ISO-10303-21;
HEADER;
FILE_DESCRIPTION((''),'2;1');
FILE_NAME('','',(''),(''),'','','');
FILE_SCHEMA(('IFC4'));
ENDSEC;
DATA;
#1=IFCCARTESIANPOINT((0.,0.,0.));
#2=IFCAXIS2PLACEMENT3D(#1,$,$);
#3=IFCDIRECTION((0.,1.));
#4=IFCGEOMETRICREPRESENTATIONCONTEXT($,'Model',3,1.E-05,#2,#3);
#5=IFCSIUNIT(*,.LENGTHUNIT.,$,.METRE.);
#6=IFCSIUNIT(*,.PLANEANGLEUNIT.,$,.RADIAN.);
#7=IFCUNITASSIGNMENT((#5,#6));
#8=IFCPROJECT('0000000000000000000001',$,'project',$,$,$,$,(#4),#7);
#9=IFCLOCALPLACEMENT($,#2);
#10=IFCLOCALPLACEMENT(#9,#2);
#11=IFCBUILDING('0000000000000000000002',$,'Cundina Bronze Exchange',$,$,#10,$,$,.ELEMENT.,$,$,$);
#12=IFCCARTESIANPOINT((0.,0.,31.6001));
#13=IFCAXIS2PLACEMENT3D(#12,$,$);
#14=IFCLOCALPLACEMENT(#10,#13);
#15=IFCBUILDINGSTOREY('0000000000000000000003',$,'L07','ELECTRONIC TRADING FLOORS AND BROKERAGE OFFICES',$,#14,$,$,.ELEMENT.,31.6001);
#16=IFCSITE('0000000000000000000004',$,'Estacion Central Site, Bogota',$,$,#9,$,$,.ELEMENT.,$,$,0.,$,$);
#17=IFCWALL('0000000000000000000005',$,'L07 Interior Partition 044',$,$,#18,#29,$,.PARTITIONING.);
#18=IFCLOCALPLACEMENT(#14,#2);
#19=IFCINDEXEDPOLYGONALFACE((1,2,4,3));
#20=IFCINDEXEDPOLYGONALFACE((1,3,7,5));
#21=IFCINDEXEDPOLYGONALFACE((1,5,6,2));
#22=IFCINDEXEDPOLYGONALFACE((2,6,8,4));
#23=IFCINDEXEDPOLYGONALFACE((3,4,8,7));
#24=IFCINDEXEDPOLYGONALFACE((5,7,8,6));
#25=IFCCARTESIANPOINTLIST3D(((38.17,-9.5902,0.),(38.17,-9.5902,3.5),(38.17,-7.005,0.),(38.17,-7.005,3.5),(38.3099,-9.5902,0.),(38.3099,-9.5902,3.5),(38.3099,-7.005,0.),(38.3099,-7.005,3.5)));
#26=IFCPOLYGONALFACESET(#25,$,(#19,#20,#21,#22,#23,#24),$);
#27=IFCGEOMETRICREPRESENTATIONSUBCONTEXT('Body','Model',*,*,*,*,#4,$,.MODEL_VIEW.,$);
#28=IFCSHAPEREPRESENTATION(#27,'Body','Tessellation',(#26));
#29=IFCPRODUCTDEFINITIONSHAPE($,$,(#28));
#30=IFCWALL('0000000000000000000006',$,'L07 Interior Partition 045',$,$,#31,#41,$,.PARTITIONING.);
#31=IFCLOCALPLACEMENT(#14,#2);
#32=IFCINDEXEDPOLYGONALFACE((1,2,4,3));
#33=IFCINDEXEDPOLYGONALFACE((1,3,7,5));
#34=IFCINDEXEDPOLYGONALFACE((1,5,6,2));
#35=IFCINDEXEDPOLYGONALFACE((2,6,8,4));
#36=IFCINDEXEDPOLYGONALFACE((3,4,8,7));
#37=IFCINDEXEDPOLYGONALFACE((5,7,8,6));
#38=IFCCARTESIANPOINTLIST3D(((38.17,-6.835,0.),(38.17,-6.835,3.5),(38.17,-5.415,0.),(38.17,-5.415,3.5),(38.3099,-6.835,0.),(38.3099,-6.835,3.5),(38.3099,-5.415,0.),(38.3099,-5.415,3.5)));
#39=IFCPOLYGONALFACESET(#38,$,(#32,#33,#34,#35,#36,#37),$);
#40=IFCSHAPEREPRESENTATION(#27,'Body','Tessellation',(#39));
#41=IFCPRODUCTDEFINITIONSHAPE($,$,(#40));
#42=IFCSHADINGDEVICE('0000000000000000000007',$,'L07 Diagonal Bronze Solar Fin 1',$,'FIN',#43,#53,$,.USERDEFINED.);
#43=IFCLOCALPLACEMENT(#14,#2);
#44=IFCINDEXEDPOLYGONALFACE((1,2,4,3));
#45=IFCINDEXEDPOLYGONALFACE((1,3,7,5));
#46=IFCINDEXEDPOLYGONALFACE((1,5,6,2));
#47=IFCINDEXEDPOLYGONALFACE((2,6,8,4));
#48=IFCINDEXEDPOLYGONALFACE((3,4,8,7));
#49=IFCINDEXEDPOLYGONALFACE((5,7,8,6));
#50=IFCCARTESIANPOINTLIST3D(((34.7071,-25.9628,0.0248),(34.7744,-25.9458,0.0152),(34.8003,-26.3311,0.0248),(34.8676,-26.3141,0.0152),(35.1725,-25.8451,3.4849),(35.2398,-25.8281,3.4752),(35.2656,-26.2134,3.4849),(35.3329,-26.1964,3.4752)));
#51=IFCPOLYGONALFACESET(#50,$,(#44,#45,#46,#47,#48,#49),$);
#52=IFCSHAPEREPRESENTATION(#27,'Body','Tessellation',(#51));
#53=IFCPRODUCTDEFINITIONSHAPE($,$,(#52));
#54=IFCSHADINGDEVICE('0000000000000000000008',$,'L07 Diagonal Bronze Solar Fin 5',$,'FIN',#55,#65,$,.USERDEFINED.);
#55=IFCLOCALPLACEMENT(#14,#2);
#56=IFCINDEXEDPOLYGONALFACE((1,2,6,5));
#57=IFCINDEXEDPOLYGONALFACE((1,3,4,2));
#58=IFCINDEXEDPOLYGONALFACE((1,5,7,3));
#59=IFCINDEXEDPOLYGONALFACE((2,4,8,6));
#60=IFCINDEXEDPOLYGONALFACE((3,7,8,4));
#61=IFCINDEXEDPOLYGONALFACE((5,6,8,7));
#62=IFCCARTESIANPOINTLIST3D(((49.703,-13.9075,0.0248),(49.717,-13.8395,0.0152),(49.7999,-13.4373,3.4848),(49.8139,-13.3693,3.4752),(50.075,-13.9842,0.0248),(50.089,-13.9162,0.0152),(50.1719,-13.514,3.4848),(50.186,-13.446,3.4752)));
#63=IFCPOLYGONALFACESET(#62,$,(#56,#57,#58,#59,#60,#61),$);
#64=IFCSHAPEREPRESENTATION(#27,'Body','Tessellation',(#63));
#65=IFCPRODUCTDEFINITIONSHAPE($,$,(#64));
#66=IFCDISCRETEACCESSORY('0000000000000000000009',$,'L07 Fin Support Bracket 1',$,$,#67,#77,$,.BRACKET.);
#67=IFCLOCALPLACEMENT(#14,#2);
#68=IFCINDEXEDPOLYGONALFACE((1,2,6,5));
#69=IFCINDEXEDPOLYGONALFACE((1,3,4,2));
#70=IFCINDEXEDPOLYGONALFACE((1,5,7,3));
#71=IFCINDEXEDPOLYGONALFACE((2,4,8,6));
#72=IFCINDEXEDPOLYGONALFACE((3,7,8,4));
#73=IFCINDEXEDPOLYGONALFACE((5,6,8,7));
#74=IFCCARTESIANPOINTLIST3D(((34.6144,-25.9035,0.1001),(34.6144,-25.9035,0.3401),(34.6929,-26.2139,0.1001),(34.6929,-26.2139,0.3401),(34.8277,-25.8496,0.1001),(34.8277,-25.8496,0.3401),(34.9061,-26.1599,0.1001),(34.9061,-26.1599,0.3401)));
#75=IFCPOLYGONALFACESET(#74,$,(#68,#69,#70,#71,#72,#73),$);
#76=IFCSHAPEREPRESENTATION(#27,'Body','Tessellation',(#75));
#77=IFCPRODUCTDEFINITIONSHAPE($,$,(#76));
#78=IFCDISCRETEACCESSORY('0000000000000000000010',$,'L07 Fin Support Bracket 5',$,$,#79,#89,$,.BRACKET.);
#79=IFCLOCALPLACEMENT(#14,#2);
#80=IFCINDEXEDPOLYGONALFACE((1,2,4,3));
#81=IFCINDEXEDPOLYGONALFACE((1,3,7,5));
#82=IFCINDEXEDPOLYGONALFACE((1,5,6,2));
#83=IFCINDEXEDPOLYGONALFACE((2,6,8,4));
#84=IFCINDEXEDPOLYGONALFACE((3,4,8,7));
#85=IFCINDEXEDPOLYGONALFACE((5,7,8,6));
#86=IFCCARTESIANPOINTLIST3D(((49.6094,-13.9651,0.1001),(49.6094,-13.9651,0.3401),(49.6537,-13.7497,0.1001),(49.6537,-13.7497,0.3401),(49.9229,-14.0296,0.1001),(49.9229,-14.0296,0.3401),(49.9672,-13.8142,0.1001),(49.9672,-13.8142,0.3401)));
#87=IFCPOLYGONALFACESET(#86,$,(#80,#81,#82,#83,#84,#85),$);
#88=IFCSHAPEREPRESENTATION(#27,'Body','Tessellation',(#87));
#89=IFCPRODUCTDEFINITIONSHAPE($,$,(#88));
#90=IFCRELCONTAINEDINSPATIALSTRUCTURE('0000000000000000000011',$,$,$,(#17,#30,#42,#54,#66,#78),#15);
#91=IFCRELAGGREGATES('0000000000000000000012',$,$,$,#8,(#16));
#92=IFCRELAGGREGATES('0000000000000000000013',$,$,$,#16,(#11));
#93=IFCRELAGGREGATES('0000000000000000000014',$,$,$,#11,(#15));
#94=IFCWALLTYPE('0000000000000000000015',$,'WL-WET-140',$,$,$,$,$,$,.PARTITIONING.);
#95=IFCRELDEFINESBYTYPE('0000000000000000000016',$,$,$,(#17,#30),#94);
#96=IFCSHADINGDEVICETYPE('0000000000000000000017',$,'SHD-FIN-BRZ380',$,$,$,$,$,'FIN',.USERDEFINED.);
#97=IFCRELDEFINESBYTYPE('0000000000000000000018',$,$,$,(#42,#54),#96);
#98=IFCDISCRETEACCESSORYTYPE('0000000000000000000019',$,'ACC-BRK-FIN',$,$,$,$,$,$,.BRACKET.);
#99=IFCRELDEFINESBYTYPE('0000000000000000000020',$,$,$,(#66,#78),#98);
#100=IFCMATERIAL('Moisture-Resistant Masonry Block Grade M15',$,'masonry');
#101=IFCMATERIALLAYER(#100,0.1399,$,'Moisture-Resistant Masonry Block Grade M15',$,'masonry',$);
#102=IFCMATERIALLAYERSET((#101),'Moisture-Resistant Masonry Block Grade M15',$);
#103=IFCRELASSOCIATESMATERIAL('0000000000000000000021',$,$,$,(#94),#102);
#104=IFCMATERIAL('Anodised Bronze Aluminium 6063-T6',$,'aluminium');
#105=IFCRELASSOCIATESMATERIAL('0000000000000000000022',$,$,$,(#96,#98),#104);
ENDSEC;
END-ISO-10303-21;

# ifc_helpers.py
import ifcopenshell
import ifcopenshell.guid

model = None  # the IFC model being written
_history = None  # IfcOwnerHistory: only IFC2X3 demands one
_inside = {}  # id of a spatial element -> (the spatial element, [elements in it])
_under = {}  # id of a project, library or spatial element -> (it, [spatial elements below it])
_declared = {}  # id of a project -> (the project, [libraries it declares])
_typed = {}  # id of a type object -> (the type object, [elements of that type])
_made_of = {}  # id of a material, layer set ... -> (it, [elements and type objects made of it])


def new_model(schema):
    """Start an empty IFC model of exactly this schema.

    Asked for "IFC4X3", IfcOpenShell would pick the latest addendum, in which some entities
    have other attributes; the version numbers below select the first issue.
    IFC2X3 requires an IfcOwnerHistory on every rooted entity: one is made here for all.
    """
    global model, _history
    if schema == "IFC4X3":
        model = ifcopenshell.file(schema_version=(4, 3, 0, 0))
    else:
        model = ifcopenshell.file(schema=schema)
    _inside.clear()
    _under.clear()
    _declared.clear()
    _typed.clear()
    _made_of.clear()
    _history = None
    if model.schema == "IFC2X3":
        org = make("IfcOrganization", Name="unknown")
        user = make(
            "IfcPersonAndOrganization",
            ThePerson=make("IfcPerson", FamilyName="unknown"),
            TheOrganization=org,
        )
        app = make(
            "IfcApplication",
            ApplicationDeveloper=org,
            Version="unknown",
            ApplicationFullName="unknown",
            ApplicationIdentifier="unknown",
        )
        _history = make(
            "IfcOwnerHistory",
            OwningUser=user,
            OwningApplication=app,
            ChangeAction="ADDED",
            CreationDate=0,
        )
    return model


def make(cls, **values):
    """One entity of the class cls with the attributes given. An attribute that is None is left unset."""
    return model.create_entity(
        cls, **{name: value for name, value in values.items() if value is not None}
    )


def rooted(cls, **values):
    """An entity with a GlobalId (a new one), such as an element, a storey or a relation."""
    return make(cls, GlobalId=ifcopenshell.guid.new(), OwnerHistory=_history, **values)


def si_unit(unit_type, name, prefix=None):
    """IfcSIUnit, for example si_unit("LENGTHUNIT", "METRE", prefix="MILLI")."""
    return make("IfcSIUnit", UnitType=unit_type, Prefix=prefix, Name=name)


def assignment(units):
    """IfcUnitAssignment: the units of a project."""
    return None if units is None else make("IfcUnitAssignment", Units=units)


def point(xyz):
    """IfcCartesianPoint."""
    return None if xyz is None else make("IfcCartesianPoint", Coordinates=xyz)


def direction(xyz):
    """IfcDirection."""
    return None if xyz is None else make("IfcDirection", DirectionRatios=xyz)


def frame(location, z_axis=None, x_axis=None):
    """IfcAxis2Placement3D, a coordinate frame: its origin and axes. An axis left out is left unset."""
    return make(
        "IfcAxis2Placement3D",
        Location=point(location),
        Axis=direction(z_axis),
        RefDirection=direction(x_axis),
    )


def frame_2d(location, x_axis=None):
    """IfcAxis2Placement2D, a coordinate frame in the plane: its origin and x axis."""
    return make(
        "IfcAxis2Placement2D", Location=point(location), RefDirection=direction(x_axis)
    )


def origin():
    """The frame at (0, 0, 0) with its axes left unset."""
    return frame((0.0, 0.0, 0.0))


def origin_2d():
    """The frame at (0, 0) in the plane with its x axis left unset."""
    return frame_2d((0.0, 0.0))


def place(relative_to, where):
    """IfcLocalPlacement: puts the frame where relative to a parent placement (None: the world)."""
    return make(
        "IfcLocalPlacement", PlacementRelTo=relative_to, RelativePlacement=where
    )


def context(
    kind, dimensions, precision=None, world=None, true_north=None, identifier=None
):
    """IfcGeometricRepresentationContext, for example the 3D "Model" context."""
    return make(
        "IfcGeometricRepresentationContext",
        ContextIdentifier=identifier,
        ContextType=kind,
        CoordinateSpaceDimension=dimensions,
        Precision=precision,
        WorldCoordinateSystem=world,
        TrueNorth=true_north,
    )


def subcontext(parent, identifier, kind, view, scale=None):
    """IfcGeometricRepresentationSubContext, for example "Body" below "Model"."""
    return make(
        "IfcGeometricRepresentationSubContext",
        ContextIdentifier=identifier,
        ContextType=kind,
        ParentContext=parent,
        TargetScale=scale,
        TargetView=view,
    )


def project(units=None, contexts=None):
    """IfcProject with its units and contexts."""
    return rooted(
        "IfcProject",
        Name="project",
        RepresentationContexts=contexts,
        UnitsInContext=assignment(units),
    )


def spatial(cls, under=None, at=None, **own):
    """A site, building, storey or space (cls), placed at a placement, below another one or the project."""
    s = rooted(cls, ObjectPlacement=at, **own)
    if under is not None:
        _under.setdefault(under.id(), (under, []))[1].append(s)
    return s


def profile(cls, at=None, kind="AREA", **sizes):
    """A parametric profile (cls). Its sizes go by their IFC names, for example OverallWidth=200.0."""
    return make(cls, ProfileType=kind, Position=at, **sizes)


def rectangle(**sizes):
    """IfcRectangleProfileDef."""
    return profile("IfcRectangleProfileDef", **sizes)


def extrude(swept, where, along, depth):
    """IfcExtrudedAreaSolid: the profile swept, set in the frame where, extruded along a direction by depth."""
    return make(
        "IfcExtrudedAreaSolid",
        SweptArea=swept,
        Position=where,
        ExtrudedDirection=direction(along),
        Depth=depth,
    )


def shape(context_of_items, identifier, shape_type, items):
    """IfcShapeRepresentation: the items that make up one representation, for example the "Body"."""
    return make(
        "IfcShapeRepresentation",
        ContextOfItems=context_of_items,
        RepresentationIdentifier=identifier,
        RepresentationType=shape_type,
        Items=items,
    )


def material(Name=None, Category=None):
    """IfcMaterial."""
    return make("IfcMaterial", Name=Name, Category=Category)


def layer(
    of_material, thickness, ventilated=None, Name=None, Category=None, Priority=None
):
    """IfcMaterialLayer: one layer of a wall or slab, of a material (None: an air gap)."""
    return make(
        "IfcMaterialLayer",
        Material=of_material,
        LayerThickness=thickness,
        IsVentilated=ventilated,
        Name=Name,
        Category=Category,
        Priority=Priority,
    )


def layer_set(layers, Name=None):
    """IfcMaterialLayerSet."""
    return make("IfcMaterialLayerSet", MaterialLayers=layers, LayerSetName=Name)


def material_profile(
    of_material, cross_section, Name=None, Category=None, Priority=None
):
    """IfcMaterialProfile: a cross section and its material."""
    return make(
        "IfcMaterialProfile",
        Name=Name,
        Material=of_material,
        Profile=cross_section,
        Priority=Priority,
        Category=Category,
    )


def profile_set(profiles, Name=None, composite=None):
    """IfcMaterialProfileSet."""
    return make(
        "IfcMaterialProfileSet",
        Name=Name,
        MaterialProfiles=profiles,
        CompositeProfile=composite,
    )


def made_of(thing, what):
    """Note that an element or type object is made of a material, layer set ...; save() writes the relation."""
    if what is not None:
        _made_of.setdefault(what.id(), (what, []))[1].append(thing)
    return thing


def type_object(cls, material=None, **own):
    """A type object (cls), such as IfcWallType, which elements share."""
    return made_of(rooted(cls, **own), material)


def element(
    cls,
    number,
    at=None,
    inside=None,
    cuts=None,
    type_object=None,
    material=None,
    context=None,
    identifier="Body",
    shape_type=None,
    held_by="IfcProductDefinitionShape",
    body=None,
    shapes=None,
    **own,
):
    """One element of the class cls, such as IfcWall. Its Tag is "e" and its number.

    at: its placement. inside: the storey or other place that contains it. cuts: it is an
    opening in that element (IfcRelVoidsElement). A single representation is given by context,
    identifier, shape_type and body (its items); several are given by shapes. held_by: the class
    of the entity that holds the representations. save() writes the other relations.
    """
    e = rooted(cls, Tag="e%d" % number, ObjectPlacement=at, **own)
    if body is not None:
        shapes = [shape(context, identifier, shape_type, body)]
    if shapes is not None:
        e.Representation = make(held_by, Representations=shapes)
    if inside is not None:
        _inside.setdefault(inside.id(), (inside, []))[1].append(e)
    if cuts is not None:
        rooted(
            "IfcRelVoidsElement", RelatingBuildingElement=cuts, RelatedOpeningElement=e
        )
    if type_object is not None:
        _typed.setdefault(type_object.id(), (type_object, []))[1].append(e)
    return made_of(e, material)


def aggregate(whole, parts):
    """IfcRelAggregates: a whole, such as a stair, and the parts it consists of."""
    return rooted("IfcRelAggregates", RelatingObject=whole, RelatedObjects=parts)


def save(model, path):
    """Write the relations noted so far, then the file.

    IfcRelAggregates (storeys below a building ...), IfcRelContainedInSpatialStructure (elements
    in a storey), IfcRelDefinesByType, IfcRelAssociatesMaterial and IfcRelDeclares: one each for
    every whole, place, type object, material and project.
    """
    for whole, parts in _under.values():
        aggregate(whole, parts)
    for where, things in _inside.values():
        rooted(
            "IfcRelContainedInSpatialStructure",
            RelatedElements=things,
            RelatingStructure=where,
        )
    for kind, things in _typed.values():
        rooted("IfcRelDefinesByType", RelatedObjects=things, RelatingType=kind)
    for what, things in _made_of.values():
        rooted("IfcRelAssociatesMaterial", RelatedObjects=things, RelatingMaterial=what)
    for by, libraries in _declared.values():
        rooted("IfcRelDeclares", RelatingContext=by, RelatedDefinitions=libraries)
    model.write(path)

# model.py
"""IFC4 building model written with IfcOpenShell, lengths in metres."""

from ifc_helpers import new_model, si_unit, direction, frame, frame_2d, origin, origin_2d, place, context, subcontext, project, spatial, rectangle, extrude, material, layer, layer_set, material_profile, profile_set, type_object, element, save


model = new_model("IFC4")

# Units and contexts
model_context = context("Model", 3, precision=1e-05, world=origin(), true_north=direction((0.0, 1.0)))
body_context = subcontext(model_context, "Body", "Model", "MODEL_VIEW")
ifc_project = project(units=[si_unit("LENGTHUNIT", "METRE"), si_unit("PLANEANGLEUNIT", "RADIAN")], contexts=[model_context])

# Site, building, storey
site_placement = place(None, origin())
site = spatial("IfcSite", under=ifc_project, at=site_placement, Name="Estacion Central Site, Bogota", CompositionType="ELEMENT", RefElevation=0.0)
building_placement = place(site_placement, origin())
building = spatial("IfcBuilding", under=site, at=building_placement, Name="Cundina Bronze Exchange", CompositionType="ELEMENT")
storey_placement = place(building_placement, frame((0.0, 0.0, 31.6001)))
storey = spatial("IfcBuildingStorey", under=building, at=storey_placement, Name="L07", Description="ELECTRONIC TRADING FLOORS AND BROKERAGE OFFICES", CompositionType="ELEMENT", Elevation=31.6001)

# Shared definitions
ifc_material_1 = material(Name="Anodised Bronze Aluminium 6063-T6", Category="aluminium")

# Walls
ifc_material_2 = material(Name="Moisture-Resistant Masonry Block Grade M15", Category="masonry")
ifc_layer_1 = layer(ifc_material_2, 0.1399, Name="Moisture-Resistant Masonry Block Grade M15", Category="masonry")
ifc_layer_set_1 = layer_set([ifc_layer_1], Name="Moisture-Resistant Masonry Block Grade M15")
wall_type_1 = type_object("IfcWallType", Name="WL-WET-140", PredefinedType="PARTITIONING", material=ifc_layer_set_1)
wall_1_placement = place(storey_placement, frame((38.24, -9.5901, 0.0), z_axis=(0.0, 0.0, 1.0), x_axis=(0.0, 1.0, 0.0)))
element("IfcWall", 1, at=wall_1_placement, inside=storey, type_object=wall_type_1, Name="L07 Interior Partition 044", PredefinedType="PARTITIONING", context=body_context, shape_type="SweptSolid", body=[
    extrude(rectangle(XDim=2.5852, YDim=0.1399, at=frame_2d((1.2925, 0.0))), origin(), (0.0, 0.0, 1.0), 3.5),
])
wall_2_placement = place(storey_placement, frame((38.24, -6.835, 0.0), z_axis=(0.0, 0.0, 1.0), x_axis=(0.0, 1.0, 0.0)))
element("IfcWall", 2, at=wall_2_placement, inside=storey, type_object=wall_type_1, Name="L07 Interior Partition 045", PredefinedType="PARTITIONING", context=body_context, shape_type="SweptSolid", body=[
    extrude(rectangle(XDim=1.4199, YDim=0.1399, at=frame_2d((0.71, 0.0))), origin(), (0.0, 0.0, 1.0), 3.5),
])

# Shading devices
ifc_material_profile_1 = material_profile(ifc_material_1, rectangle(XDim=0.0701, YDim=0.3799, at=origin_2d()), Name="FIN70X380", Category="aluminium")
ifc_profile_set_1 = profile_set([ifc_material_profile_1], Name="Anodised Bronze Aluminium 6063-T6")
shading_device_type = type_object("IfcShadingDeviceType", Name="SHD-FIN-BRZ380", ElementType="FIN", PredefinedType="USERDEFINED", material=ifc_profile_set_1)
for number, where, z_axis, x_axis, name in (
    (3, (34.7874, -26.1384, 0.02), (0.133215, 0.033688, 0.990514), (-0.960285, -0.242842, 0.137408), "L07 Diagonal Bronze Solar Fin 1"),
    (4, (49.896, -13.9119, 0.02), (0.027747, 0.134612, 0.99051), (-0.199967, -0.970115, 0.137442), "L07 Diagonal Bronze Solar Fin 5"),
):
    element("IfcShadingDevice", number, at=place(storey_placement, frame(where, z_axis=z_axis, x_axis=x_axis)), inside=storey, type_object=shading_device_type, Name=name, ObjectType="FIN", PredefinedType="USERDEFINED", context=body_context, shape_type="SweptSolid", body=[
        extrude(rectangle(XDim=0.0701, YDim=0.3799, at=origin_2d()), origin(), (0.0, 0.0, 1.0), 3.4932),
    ])

# Discrete accessories
discrete_accessory_type = type_object("IfcDiscreteAccessoryType", Name="ACC-BRK-FIN", PredefinedType="BRACKET", material=ifc_material_1)
for number, where, z_axis, x_axis, name in (
    (5, (34.7603, -26.0317, 0.1001), (0.0, 0.0, 1.0), (0.969488, 0.245138, 0.0), "L07 Fin Support Bracket 1"),
    (6, (49.7883, -13.8896, 0.1001), (0.0, 0.0, 1.0), (0.20142, 0.979505, 0.0), "L07 Fin Support Bracket 5"),
):
    element("IfcDiscreteAccessory", number, at=place(storey_placement, frame(where, z_axis=z_axis, x_axis=x_axis)), inside=storey, type_object=discrete_accessory_type, Name=name, PredefinedType="BRACKET", context=body_context, shape_type="SweptSolid", body=[
        extrude(rectangle(XDim=0.22, YDim=0.3201, at=origin_2d()), origin(), (0.0, 0.0, 1.0), 0.24),
    ])

save(model, "model.ifc")
